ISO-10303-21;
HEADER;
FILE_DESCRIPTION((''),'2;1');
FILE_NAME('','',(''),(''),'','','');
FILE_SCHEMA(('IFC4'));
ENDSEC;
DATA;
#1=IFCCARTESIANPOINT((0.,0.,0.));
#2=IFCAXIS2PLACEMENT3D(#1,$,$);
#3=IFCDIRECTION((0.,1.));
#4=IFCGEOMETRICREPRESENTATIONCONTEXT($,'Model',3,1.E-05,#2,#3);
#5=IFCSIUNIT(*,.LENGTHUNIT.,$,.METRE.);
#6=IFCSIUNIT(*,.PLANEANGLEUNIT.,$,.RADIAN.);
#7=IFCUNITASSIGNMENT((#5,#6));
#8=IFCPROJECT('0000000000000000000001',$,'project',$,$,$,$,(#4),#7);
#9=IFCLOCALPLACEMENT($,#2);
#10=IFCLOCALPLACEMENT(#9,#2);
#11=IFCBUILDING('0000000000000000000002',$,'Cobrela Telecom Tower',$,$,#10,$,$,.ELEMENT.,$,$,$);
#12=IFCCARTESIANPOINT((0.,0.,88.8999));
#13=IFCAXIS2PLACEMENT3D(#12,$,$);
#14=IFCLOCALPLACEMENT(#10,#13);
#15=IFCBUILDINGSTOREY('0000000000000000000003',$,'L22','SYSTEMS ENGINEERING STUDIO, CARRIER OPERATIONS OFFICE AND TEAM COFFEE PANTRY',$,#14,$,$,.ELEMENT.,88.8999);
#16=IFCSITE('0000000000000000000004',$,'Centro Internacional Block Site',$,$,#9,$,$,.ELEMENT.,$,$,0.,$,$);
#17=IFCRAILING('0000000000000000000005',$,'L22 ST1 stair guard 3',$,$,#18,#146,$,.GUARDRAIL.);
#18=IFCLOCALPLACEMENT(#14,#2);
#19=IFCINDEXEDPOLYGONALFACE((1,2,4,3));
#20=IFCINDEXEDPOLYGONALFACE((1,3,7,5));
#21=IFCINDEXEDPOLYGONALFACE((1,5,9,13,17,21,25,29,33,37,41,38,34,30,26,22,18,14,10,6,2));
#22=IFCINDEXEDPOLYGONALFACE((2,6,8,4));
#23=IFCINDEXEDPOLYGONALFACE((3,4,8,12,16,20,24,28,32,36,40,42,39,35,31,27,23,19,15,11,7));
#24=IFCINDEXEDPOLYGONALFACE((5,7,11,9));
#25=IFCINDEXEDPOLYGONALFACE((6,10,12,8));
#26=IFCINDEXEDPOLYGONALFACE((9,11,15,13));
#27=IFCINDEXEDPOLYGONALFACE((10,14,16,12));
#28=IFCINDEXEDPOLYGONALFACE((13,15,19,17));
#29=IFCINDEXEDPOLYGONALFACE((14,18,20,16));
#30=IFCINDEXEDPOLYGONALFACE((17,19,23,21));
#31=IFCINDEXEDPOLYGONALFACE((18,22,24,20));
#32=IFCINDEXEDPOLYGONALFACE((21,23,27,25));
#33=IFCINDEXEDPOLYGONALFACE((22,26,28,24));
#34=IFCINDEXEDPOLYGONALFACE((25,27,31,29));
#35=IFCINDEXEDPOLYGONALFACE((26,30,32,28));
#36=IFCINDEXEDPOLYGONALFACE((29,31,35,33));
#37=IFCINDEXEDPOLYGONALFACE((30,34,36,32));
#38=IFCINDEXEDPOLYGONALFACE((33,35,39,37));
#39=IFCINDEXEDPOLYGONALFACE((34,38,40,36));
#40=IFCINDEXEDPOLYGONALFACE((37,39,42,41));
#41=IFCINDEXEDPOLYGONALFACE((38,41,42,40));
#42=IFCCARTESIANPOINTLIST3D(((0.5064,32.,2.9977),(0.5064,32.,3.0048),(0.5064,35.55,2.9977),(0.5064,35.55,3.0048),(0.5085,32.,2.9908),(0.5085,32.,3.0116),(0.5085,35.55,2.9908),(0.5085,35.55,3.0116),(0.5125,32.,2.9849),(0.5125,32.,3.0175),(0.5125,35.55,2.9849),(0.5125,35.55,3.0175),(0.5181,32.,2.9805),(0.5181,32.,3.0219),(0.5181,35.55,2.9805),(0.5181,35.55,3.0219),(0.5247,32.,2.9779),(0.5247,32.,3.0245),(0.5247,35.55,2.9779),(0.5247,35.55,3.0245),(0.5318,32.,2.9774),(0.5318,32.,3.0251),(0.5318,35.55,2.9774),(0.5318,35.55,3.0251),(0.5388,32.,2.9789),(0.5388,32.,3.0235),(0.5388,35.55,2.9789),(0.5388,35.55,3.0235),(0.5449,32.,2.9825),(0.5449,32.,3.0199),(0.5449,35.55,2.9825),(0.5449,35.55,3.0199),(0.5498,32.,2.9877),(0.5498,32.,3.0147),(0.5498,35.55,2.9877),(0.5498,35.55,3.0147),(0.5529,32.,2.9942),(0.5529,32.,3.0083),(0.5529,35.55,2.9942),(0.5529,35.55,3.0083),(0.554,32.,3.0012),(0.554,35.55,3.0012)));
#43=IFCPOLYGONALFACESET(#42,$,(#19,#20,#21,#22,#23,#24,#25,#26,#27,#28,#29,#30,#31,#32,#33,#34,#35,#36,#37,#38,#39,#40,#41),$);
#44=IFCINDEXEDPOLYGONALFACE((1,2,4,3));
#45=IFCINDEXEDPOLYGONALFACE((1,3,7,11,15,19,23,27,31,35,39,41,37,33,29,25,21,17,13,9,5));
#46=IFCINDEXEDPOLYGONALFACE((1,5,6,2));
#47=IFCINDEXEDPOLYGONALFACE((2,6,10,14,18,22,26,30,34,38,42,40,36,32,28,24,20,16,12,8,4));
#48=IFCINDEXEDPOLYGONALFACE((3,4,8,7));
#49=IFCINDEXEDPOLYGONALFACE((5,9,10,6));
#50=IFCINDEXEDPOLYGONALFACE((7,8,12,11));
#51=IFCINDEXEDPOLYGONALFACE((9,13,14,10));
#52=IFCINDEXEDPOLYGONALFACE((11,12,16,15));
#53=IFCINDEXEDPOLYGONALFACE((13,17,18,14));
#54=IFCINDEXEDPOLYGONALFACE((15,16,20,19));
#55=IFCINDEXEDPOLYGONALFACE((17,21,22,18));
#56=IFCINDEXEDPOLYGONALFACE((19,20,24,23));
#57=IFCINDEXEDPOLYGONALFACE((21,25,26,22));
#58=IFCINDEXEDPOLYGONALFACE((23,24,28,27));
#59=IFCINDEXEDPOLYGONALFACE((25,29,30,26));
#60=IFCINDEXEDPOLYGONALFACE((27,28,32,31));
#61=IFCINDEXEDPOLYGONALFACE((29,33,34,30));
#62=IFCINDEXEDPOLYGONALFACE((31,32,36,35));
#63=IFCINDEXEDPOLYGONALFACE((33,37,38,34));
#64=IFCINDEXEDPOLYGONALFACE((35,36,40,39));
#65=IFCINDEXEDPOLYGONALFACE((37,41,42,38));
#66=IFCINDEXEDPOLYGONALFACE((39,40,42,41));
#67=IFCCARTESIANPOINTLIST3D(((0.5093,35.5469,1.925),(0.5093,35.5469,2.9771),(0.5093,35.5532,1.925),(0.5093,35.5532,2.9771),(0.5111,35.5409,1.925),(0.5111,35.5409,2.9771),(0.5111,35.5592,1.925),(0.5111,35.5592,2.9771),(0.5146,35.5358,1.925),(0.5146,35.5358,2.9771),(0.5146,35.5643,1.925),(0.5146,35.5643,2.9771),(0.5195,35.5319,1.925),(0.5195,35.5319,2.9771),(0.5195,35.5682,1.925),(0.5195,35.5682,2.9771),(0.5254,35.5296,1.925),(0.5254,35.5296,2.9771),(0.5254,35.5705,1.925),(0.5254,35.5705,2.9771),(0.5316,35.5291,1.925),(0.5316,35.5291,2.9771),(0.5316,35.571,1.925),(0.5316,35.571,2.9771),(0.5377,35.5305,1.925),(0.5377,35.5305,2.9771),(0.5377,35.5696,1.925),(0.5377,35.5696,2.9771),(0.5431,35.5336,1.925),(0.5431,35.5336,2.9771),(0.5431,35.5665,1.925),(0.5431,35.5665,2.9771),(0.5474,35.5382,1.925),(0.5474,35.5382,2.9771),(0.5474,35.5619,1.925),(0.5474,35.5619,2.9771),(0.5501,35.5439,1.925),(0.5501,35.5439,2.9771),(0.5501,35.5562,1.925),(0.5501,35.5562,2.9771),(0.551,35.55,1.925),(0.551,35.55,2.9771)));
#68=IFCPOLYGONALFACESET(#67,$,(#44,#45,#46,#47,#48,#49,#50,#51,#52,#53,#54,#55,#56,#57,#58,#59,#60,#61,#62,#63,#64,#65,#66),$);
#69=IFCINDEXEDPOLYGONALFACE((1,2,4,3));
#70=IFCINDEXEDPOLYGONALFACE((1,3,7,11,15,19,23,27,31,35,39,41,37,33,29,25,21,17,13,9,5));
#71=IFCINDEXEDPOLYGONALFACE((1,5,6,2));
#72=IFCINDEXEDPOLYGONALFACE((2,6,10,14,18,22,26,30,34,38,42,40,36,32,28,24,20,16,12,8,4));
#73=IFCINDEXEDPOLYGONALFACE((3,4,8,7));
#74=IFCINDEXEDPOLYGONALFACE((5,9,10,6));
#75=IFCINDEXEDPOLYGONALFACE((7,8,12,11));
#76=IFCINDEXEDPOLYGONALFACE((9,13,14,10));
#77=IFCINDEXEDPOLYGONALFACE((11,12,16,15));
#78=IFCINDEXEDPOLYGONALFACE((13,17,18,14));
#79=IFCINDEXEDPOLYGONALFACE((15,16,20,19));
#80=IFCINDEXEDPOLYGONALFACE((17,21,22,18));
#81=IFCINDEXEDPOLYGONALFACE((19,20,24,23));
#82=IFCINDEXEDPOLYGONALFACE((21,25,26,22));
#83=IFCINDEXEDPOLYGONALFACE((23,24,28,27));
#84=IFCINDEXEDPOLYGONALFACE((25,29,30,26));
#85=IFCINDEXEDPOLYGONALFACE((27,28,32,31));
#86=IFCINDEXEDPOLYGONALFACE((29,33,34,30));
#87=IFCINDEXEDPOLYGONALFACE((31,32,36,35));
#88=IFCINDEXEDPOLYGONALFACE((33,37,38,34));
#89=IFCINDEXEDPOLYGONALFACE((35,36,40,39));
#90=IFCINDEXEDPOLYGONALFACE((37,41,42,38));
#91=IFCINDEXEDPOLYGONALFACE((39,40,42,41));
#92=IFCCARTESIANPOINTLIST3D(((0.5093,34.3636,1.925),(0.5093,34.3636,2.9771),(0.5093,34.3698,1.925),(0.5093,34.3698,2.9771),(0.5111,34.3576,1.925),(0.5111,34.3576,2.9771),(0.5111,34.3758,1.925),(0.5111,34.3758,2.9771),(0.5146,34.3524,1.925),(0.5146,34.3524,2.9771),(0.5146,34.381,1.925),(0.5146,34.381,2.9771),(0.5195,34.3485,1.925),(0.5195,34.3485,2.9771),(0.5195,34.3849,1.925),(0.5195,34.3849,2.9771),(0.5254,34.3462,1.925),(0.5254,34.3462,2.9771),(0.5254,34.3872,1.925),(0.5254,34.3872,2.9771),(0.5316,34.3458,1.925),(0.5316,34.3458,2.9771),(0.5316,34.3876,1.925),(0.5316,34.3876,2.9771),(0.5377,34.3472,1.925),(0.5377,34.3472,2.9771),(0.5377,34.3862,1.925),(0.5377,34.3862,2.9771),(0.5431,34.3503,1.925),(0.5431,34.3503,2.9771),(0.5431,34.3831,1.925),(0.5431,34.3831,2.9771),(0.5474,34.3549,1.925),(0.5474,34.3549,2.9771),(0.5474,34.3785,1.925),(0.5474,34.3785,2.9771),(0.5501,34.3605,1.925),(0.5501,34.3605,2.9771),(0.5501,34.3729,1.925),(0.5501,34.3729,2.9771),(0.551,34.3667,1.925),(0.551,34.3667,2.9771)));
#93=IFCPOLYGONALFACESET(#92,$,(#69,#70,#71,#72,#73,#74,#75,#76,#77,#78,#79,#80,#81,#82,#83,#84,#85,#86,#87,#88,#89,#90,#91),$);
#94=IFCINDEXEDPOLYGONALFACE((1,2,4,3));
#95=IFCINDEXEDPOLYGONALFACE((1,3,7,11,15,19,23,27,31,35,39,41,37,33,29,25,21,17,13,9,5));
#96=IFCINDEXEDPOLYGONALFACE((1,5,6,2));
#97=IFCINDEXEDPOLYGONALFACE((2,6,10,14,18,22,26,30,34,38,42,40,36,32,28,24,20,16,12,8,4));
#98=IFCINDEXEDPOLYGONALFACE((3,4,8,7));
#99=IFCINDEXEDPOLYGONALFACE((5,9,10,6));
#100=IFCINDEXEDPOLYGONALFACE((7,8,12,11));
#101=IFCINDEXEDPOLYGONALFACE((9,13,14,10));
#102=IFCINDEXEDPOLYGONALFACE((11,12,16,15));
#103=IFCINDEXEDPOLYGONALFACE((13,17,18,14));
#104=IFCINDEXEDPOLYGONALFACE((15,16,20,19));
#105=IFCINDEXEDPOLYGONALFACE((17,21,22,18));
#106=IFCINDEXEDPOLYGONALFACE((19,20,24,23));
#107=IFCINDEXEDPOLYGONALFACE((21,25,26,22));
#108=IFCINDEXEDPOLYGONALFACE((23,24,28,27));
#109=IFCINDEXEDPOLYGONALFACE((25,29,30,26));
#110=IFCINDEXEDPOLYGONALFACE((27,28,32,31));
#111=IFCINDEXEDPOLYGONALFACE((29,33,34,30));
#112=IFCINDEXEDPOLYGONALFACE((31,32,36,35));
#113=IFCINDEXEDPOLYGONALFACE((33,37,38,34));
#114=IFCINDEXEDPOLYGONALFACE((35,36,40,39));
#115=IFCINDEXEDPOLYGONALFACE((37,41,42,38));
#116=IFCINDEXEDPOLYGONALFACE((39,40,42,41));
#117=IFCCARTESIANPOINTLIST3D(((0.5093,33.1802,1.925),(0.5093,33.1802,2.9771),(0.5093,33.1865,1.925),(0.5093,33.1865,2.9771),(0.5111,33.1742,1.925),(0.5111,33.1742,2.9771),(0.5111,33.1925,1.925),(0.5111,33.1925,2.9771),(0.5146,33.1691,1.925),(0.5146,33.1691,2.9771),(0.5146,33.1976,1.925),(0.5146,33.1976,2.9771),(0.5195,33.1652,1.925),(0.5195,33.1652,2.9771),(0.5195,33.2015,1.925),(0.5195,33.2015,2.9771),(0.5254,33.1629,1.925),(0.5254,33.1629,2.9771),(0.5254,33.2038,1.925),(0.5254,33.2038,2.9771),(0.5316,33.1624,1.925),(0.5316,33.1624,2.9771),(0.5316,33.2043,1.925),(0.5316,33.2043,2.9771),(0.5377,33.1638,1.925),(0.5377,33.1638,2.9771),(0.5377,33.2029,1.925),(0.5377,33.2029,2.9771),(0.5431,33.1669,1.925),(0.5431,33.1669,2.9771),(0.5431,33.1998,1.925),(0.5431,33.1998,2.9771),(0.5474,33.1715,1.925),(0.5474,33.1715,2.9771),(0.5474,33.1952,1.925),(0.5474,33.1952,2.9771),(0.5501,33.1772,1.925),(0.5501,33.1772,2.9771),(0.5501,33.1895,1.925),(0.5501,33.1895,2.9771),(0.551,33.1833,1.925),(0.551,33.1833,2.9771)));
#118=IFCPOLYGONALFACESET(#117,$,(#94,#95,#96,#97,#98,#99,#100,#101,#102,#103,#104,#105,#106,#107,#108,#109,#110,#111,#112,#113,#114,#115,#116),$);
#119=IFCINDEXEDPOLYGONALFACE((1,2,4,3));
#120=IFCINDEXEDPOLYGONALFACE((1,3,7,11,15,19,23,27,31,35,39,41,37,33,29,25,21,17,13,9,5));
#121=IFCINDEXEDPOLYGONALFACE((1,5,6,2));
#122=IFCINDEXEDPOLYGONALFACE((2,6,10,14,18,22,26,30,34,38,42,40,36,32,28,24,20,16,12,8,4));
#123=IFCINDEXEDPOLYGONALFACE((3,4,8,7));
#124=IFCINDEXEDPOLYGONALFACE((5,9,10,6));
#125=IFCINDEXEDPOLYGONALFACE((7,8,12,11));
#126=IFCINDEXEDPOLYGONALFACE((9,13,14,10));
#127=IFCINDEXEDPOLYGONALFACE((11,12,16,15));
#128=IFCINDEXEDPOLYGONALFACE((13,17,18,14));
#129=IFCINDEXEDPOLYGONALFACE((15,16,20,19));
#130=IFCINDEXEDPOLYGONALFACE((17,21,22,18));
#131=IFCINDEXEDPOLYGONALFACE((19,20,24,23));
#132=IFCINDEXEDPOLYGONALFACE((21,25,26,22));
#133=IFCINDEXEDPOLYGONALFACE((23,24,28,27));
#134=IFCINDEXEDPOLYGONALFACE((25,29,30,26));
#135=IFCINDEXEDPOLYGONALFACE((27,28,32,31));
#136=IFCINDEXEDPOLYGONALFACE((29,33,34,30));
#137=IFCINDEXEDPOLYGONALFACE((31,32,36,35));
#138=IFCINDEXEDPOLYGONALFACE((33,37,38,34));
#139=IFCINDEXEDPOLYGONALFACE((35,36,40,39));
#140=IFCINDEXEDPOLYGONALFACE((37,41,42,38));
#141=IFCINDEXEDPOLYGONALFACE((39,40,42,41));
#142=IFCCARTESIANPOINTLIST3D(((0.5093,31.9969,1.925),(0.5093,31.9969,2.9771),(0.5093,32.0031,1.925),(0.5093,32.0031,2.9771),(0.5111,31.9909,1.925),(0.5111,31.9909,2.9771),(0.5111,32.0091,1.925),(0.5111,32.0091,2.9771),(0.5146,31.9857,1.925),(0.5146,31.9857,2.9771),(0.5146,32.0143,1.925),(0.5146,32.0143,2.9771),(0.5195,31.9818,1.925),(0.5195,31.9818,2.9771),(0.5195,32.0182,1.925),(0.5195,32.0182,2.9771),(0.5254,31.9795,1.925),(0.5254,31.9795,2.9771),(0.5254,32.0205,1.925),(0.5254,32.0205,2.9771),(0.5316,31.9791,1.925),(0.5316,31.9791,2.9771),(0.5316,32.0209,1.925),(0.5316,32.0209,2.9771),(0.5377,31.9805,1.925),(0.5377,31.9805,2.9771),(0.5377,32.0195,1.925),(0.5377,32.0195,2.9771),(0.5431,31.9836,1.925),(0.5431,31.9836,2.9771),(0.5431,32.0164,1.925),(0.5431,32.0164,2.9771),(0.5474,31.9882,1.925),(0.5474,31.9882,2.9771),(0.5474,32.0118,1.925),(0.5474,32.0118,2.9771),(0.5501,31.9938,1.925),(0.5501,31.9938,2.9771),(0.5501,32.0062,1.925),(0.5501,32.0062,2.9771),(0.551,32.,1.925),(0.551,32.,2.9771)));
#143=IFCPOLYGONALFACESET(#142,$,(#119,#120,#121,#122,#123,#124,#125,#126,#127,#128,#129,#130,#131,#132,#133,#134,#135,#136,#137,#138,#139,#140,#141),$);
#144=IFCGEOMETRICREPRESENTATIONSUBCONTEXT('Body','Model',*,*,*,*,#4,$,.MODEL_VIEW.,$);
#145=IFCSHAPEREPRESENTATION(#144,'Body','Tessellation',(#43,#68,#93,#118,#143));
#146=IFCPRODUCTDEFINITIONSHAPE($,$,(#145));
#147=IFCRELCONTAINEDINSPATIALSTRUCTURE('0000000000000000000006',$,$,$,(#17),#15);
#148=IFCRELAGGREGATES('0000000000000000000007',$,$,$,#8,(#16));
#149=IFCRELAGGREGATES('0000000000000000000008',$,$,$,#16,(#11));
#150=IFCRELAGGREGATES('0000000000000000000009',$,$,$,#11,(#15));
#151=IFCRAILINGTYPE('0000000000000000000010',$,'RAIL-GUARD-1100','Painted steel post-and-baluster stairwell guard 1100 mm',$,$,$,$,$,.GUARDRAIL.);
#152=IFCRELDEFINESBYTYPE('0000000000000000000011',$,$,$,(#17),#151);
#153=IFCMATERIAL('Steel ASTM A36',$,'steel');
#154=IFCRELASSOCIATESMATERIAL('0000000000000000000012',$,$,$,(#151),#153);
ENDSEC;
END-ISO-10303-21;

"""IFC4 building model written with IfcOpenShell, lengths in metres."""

from ifc_helpers import new_model, si_unit, direction, frame, origin, origin_2d, place, context, subcontext, project, spatial, circle, extrude, material, type_object, element, save


model = new_model("IFC4")

# Units and contexts
model_context = context("Model", 3, precision=1e-05, world=origin(), true_north=direction((0.0, 1.0)))
body_context = subcontext(model_context, "Body", "Model", "MODEL_VIEW")
ifc_project = project(units=[si_unit("LENGTHUNIT", "METRE"), si_unit("PLANEANGLEUNIT", "RADIAN")], contexts=[model_context])

# Site, building, storey
site_placement = place(None, origin())
site = spatial("IfcSite", under=ifc_project, at=site_placement, Name="Centro Internacional Block Site", CompositionType="ELEMENT", RefElevation=0.0)
building_placement = place(site_placement, origin())
building = spatial("IfcBuilding", under=site, at=building_placement, Name="Cobrela Telecom Tower", CompositionType="ELEMENT")
storey_placement = place(building_placement, frame((0.0, 0.0, 88.8999)))
storey = spatial("IfcBuildingStorey", under=building, at=storey_placement, Name="L22", Description="SYSTEMS ENGINEERING STUDIO, CARRIER OPERATIONS OFFICE AND TEAM COFFEE PANTRY", CompositionType="ELEMENT", Elevation=88.8999)

# Shared definitions
ifc_material_1 = material(Name="Steel ASTM A36", Category="steel")

# Railing
railing_type_1 = type_object("IfcRailingType", Name="RAIL-GUARD-1100", Description="Painted steel post-and-baluster stairwell guard 1100 mm", PredefinedType="GUARDRAIL", material=ifc_material_1)
railing_1_placement = place(storey_placement, frame((0.53, 35.55, 1.925)))
element("IfcRailing", 1, at=railing_1_placement, inside=storey, type_object=railing_type_1, Name="L22 ST1 stair guard 3", PredefinedType="GUARDRAIL", context=body_context, shape_type="SweptSolid", body=[
    extrude(circle(Radius=0.0239, at=origin_2d()), frame((0.0, 0.0, 1.0762), z_axis=(0.0, -1.0, 0.0), x_axis=(1.0, 0.0, 0.0)), (0.0, 0.0, 1.0), 3.55),
    extrude(circle(Radius=0.021, at=origin_2d()), origin(), (0.0, 0.0, 1.0), 1.052),
    extrude(circle(Radius=0.021, at=origin_2d()), frame((0.0, -1.1833, 0.0)), (0.0, 0.0, 1.0), 1.052),
    extrude(circle(Radius=0.021, at=origin_2d()), frame((0.0, -2.3667, 0.0)), (0.0, 0.0, 1.0), 1.052),
    extrude(circle(Radius=0.021, at=origin_2d()), frame((0.0, -3.55, 0.0)), (0.0, 0.0, 1.0), 1.052),
])

save(model, "model.ifc")
